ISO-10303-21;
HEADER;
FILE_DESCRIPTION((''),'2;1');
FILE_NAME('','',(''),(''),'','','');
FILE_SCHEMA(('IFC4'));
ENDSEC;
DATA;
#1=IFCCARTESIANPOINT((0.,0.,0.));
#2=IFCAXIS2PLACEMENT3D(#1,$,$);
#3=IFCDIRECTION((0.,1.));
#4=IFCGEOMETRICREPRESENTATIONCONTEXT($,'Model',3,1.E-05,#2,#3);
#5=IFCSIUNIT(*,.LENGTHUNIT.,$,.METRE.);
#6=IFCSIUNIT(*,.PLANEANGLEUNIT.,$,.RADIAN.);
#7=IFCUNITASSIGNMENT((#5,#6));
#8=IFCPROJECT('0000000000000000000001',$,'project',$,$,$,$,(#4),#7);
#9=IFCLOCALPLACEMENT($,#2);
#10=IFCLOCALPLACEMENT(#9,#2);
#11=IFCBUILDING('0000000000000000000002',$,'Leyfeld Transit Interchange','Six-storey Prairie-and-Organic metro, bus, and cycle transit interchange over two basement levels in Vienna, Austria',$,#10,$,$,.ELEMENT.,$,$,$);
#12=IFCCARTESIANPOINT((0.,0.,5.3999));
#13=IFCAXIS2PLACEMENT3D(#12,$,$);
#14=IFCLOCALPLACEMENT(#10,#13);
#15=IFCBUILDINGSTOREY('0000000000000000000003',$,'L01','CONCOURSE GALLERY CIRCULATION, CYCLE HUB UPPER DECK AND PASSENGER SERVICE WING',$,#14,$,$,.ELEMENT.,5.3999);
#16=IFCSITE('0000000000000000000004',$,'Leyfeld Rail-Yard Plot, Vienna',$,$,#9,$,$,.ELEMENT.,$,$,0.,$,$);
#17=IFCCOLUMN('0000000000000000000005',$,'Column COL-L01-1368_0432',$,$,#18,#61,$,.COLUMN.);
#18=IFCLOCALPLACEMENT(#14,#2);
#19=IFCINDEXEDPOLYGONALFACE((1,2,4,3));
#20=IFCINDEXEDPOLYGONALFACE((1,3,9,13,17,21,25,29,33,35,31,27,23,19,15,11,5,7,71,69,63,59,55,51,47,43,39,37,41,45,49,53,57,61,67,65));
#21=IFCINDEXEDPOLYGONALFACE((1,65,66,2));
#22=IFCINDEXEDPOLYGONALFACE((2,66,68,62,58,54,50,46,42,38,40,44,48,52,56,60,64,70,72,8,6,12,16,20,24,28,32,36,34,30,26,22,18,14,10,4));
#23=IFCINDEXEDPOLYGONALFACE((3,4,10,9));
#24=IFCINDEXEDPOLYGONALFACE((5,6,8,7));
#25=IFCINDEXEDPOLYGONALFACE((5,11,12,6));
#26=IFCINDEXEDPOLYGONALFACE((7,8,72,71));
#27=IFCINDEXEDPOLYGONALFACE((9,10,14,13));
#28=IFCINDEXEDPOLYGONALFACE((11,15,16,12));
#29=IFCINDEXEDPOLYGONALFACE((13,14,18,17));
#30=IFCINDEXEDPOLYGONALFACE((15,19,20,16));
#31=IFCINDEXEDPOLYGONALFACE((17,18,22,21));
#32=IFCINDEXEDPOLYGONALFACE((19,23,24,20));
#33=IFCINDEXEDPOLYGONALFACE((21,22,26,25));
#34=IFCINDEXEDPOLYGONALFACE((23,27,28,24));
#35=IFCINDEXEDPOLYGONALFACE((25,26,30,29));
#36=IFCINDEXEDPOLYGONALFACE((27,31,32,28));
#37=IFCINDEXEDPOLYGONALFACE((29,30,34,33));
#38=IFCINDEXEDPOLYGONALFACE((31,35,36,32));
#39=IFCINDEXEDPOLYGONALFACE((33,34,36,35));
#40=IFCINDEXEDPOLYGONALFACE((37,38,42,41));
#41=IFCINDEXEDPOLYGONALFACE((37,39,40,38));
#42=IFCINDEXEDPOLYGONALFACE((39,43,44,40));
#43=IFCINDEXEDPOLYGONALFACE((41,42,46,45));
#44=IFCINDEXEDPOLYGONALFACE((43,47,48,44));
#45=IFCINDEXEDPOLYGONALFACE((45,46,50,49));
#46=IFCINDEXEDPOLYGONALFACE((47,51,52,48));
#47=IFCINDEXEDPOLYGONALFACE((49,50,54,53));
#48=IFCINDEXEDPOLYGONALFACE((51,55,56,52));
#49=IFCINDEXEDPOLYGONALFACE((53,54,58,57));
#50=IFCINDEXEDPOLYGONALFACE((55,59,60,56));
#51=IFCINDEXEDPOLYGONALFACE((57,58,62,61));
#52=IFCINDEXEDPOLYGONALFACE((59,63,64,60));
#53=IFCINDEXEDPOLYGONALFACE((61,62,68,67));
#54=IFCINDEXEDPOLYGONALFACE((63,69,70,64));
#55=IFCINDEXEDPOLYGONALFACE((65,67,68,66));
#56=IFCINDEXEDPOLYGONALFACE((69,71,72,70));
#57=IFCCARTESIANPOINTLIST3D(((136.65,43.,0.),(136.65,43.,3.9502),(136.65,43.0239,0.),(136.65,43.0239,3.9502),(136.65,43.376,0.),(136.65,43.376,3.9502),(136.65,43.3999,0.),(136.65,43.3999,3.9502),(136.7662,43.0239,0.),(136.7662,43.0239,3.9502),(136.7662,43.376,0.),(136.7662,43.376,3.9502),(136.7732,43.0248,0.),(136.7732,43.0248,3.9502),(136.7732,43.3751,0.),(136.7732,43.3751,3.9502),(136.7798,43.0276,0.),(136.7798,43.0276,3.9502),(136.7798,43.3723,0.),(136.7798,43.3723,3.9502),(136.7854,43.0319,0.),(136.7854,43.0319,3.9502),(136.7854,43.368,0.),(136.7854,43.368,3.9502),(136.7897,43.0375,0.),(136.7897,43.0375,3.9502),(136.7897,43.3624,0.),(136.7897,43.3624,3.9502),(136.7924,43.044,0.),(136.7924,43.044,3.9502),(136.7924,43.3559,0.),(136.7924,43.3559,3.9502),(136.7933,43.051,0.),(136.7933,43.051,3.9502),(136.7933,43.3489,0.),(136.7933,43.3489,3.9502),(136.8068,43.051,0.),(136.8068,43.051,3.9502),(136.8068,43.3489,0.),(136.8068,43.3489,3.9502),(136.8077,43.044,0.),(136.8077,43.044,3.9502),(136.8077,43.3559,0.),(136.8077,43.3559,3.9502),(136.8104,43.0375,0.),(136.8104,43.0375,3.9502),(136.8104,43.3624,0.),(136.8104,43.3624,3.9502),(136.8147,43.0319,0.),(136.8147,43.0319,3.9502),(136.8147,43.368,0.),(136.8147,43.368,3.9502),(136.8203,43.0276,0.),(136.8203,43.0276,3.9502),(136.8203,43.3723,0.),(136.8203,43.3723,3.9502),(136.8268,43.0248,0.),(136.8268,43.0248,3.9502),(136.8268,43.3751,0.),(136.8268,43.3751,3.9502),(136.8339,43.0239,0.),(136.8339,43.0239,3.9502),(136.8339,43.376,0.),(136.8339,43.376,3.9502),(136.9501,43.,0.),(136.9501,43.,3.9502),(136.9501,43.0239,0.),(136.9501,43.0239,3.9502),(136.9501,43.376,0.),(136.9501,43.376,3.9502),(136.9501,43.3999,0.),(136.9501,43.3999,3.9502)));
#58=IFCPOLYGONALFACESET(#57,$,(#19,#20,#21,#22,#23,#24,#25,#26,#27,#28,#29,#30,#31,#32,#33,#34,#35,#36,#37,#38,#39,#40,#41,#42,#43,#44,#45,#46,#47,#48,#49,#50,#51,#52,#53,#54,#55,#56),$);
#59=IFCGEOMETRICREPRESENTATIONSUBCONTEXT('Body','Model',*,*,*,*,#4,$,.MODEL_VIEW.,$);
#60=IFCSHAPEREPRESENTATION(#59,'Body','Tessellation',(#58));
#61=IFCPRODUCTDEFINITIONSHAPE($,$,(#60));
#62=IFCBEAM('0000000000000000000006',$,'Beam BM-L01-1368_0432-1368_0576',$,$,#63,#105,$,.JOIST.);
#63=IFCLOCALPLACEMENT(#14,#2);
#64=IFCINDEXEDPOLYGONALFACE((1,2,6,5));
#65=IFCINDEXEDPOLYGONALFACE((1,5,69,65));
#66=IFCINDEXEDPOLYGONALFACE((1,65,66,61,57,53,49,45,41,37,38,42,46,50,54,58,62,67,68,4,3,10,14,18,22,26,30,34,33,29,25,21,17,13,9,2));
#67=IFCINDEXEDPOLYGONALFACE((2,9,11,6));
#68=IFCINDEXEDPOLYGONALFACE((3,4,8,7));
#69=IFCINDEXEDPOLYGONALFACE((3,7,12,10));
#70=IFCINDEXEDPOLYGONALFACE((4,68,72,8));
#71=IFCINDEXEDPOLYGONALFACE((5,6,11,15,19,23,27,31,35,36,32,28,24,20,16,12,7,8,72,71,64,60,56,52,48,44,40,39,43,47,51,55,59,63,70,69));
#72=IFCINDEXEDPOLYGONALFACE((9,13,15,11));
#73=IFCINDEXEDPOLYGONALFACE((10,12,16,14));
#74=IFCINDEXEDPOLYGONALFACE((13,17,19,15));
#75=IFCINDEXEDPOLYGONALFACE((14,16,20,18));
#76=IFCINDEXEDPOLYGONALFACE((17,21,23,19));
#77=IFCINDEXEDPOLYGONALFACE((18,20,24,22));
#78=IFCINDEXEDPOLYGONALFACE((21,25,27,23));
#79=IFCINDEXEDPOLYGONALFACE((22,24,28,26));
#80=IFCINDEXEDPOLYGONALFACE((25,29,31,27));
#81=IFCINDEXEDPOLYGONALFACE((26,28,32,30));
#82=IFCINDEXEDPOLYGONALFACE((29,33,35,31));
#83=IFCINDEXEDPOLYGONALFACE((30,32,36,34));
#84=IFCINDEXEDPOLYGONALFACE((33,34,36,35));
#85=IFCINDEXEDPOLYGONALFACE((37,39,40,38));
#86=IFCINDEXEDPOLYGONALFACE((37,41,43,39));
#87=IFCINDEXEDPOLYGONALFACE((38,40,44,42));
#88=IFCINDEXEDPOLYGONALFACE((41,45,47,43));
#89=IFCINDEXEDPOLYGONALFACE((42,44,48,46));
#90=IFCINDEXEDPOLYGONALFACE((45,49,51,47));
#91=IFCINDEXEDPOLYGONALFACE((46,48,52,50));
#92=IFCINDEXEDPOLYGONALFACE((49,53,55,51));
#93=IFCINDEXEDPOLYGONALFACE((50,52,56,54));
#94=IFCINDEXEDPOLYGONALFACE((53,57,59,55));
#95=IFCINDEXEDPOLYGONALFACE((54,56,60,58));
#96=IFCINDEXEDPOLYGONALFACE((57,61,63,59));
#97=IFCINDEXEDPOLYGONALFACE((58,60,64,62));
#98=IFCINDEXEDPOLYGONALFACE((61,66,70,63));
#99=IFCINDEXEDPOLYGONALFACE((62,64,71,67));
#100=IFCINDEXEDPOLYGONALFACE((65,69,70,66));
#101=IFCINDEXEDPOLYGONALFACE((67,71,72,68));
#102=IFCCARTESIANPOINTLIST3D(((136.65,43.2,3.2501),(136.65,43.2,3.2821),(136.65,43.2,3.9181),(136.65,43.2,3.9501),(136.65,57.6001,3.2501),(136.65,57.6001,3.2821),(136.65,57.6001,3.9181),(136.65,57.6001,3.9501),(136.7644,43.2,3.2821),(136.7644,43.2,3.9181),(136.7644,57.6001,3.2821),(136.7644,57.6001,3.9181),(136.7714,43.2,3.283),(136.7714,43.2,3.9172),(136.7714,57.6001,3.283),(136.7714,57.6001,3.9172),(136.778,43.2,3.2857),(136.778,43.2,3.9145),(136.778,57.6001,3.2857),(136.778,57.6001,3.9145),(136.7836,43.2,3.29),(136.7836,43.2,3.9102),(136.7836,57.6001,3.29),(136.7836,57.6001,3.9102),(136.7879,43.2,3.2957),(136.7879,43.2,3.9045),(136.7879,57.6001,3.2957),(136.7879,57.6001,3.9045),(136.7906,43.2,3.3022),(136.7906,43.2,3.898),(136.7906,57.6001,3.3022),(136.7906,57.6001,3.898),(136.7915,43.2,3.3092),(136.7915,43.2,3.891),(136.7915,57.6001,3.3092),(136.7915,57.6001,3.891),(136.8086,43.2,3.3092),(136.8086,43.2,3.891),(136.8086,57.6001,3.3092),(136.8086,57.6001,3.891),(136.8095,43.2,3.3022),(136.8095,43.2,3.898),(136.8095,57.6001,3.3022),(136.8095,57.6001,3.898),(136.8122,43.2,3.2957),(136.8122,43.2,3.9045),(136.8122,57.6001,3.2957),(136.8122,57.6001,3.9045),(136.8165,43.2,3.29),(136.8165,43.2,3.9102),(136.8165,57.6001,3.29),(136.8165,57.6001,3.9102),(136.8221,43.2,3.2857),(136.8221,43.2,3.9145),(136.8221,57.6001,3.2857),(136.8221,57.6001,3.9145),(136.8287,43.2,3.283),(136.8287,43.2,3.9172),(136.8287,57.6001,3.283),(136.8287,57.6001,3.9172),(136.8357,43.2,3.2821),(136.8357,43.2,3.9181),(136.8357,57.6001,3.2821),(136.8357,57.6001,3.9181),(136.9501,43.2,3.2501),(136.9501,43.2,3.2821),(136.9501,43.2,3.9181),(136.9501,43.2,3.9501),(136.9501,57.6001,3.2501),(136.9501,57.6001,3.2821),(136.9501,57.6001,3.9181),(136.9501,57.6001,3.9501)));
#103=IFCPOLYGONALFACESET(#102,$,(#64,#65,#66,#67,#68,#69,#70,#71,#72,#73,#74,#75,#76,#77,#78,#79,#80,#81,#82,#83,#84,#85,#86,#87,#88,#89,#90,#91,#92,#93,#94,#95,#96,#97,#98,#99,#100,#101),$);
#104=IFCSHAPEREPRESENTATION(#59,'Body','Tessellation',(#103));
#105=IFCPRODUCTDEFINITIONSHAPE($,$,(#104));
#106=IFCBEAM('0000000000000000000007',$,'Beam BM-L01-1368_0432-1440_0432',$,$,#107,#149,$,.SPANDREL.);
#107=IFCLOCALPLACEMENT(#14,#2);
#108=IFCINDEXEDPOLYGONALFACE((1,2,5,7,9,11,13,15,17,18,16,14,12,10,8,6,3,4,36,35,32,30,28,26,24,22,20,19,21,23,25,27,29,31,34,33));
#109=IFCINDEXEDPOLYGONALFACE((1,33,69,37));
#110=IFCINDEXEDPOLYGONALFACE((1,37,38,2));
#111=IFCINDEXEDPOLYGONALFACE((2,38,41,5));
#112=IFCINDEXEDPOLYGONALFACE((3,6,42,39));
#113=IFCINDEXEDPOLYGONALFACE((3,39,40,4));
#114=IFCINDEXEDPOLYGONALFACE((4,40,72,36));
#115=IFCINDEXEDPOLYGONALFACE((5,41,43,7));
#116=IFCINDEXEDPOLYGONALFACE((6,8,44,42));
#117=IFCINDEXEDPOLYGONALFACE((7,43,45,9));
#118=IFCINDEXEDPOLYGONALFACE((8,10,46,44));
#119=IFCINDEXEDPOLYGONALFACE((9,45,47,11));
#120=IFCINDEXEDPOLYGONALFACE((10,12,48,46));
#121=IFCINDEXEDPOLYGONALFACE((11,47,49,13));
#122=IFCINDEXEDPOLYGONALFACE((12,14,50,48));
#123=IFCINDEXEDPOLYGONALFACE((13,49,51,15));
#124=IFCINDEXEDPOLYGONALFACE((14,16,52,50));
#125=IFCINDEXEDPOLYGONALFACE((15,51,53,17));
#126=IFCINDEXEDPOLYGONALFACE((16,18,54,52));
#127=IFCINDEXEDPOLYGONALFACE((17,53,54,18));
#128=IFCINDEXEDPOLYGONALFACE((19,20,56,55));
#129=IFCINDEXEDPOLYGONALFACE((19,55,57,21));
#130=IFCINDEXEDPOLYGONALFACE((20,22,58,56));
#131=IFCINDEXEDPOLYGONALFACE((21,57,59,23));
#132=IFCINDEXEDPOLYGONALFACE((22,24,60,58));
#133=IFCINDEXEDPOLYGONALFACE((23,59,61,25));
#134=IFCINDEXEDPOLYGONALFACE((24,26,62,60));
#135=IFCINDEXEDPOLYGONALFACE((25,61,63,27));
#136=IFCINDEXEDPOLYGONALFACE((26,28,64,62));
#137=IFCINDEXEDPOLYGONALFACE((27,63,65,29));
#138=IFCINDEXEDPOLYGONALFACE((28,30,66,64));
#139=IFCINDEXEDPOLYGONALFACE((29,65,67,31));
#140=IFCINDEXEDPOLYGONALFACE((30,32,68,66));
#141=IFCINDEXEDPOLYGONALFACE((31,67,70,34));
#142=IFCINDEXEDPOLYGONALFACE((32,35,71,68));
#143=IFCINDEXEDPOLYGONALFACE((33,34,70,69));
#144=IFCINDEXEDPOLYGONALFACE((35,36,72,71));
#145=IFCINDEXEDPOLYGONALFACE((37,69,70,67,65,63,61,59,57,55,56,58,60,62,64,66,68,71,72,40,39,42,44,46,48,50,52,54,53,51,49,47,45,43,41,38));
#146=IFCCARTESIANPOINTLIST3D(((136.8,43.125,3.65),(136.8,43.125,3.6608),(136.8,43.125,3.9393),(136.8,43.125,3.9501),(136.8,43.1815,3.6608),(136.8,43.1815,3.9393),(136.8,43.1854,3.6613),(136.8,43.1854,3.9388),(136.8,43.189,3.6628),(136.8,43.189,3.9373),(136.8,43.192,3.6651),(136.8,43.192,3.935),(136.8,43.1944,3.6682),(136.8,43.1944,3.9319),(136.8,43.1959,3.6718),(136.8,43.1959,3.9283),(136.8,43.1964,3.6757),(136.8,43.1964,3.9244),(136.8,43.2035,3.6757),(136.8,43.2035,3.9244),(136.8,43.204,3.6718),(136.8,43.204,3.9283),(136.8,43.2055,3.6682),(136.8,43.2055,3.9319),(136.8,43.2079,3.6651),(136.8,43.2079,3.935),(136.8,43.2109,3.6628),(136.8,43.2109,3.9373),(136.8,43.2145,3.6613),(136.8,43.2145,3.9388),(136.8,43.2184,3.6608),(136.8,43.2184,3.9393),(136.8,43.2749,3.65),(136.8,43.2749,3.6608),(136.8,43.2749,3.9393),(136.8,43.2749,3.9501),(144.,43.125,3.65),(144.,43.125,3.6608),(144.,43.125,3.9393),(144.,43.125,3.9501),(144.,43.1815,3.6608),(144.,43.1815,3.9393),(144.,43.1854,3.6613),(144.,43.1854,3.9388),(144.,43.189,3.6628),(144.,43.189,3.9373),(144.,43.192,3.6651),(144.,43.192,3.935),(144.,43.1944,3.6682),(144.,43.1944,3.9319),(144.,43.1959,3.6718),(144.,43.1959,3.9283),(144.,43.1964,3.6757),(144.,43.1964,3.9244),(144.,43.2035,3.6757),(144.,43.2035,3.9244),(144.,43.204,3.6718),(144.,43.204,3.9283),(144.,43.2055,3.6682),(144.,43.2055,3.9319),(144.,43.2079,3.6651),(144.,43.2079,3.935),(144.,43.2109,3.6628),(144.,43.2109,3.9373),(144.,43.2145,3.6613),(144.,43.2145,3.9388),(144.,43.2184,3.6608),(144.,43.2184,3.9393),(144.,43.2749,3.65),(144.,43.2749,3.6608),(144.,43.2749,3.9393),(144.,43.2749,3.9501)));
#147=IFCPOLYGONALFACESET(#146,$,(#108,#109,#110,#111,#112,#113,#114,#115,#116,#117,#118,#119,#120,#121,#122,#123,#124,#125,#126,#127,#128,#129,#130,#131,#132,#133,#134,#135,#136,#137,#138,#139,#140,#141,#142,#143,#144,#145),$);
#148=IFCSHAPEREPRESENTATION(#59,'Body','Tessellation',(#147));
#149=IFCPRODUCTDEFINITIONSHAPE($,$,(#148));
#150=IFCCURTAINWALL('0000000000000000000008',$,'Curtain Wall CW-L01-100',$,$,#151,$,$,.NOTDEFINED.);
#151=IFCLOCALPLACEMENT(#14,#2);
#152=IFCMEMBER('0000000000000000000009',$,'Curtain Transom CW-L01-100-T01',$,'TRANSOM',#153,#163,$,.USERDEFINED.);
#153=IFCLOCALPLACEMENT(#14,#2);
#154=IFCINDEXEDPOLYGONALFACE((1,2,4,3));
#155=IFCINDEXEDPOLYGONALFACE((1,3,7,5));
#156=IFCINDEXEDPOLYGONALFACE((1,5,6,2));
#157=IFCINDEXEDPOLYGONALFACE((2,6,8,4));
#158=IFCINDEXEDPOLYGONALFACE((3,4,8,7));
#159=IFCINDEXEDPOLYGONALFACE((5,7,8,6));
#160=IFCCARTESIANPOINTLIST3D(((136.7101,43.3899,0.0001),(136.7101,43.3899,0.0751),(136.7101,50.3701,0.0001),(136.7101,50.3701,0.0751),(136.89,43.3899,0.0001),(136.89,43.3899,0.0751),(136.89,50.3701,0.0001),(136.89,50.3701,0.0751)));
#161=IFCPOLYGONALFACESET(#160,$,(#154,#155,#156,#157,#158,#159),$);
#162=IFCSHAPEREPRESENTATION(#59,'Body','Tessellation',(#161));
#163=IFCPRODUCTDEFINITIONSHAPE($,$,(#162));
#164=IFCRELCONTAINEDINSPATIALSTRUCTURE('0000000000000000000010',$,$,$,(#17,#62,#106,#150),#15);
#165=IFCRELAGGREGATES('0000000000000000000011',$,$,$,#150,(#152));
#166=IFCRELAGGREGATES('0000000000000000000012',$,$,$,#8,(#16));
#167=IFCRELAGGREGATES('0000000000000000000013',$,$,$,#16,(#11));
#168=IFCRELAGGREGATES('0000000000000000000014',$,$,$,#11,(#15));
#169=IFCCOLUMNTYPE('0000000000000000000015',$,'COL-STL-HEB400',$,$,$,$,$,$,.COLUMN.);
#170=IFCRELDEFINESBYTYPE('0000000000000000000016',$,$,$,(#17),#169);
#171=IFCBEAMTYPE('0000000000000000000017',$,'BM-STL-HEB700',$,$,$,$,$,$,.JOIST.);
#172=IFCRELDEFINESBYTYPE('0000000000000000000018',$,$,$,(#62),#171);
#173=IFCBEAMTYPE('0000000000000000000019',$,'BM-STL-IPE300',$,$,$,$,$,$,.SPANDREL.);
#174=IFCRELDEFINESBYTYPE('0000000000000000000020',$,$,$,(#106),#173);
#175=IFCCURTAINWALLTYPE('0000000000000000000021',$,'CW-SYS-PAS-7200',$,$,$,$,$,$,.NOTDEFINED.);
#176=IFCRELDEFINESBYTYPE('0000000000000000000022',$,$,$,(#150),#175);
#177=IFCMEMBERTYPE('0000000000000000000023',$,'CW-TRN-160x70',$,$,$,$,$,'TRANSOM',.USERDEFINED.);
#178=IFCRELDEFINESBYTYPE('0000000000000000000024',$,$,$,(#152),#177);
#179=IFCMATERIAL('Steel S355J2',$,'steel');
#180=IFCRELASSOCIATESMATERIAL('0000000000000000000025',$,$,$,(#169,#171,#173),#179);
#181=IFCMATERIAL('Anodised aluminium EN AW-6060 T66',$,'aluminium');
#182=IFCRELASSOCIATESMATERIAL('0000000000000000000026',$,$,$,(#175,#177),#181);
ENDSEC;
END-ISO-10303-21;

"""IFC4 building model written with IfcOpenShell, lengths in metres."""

from ifc_helpers import new_model, si_unit, direction, frame, origin, origin_2d, place, context, subcontext, project, spatial, rectangle, i_section, extrude, material, material_profile, profile_set, type_object, element, aggregate, save


model = new_model("IFC4")

# Units and contexts
model_context = context("Model", 3, precision=1e-05, world=origin(), true_north=direction((0.0, 1.0)))
body_context = subcontext(model_context, "Body", "Model", "MODEL_VIEW")
ifc_project = project(units=[si_unit("LENGTHUNIT", "METRE"), si_unit("PLANEANGLEUNIT", "RADIAN")], contexts=[model_context])

# Site, building, storey
site_placement = place(None, origin())
site = spatial("IfcSite", under=ifc_project, at=site_placement, Name="Leyfeld Rail-Yard Plot, Vienna", CompositionType="ELEMENT", RefElevation=0.0)
building_placement = place(site_placement, origin())
building = spatial("IfcBuilding", under=site, at=building_placement, Name="Leyfeld Transit Interchange", Description="Six-storey Prairie-and-Organic metro, bus, and cycle transit interchange over two basement levels in Vienna, Austria", CompositionType="ELEMENT")
storey_placement = place(building_placement, frame((0.0, 0.0, 5.3999)))
storey = spatial("IfcBuildingStorey", under=building, at=storey_placement, Name="L01", Description="CONCOURSE GALLERY CIRCULATION, CYCLE HUB UPPER DECK AND PASSENGER SERVICE WING", CompositionType="ELEMENT", Elevation=5.3999)

# Column
ifc_material_1 = material(Name="Steel S355J2", Category="steel")
ifc_material_profile_1 = material_profile(ifc_material_1, i_section(OverallWidth=0.3, OverallDepth=0.3999, WebThickness=0.0134, FlangeThickness=0.0239, FilletRadius=0.0271, at=origin_2d()), Name="HEB 400")
ifc_profile_set_1 = profile_set([ifc_material_profile_1], Name="Steel S355J2")
column_type = type_object("IfcColumnType", Name="COL-STL-HEB400", PredefinedType="COLUMN", material=ifc_profile_set_1)
column_placement = place(storey_placement, frame((136.8, 43.2, 0.0), z_axis=(0.0, 0.0, 1.0), x_axis=(1.0, 0.0, 0.0)))
element("IfcColumn", 1, at=column_placement, inside=storey, type_object=column_type, Name="Column COL-L01-1368_0432", PredefinedType="COLUMN", context=body_context, shape_type="SweptSolid", body=[
    extrude(i_section(OverallWidth=0.3, OverallDepth=0.3999, WebThickness=0.0134, FlangeThickness=0.0239, FilletRadius=0.0271, at=origin_2d()), origin(), (0.0, 0.0, 1.0), 3.9502),
])

# Beams
ifc_material_profile_2 = material_profile(ifc_material_1, i_section(OverallWidth=0.3, OverallDepth=0.7, WebThickness=0.0171, FlangeThickness=0.032, FilletRadius=0.0271, at=origin_2d()), Name="HEB 700")
ifc_profile_set_2 = profile_set([ifc_material_profile_2], Name="Steel S355J2")
beam_type_1 = type_object("IfcBeamType", Name="BM-STL-HEB700", PredefinedType="JOIST", material=ifc_profile_set_2)
beam_1_placement = place(storey_placement, frame((136.8, 43.2, 3.6001), z_axis=(0.0, 1.0, 0.0), x_axis=(-1.0, 0.0, 0.0)))
element("IfcBeam", 2, at=beam_1_placement, inside=storey, type_object=beam_type_1, Name="Beam BM-L01-1368_0432-1368_0576", PredefinedType="JOIST", context=body_context, shape_type="SweptSolid", body=[
    extrude(i_section(OverallWidth=0.3, OverallDepth=0.7, WebThickness=0.0171, FlangeThickness=0.032, FilletRadius=0.0271, at=origin_2d()), origin(), (0.0, 0.0, 1.0), 14.4001),
])
ifc_material_profile_3 = material_profile(ifc_material_1, i_section(OverallWidth=0.1499, OverallDepth=0.3, WebThickness=0.0071, FlangeThickness=0.0107, FilletRadius=0.0149, at=origin_2d()), Name="IPE 300")
ifc_profile_set_3 = profile_set([ifc_material_profile_3], Name="Steel S355J2")
beam_type_2 = type_object("IfcBeamType", Name="BM-STL-IPE300", PredefinedType="SPANDREL", material=ifc_profile_set_3)
beam_2_placement = place(storey_placement, frame((136.8, 43.2, 3.8), z_axis=(1.0, 0.0, 0.0), x_axis=(0.0, 1.0, 0.0)))
element("IfcBeam", 3, at=beam_2_placement, inside=storey, type_object=beam_type_2, Name="Beam BM-L01-1368_0432-1440_0432", PredefinedType="SPANDREL", context=body_context, shape_type="SweptSolid", body=[
    extrude(i_section(OverallWidth=0.1499, OverallDepth=0.3, WebThickness=0.0071, FlangeThickness=0.0107, FilletRadius=0.0149, at=origin_2d()), origin(), (0.0, 0.0, 1.0), 7.2),
])

# Curtain wall, member
ifc_material_2 = material(Name="Anodised aluminium EN AW-6060 T66", Category="aluminium")
curtain_wall_type = type_object("IfcCurtainWallType", Name="CW-SYS-PAS-7200", PredefinedType="NOTDEFINED", material=ifc_material_2)
curtain_wall_placement = place(storey_placement, origin())
curtain_wall = element("IfcCurtainWall", 4, at=curtain_wall_placement, inside=storey, type_object=curtain_wall_type, Name="Curtain Wall CW-L01-100", PredefinedType="NOTDEFINED")
ifc_material_profile_4 = material_profile(ifc_material_2, rectangle(XDim=0.1799, YDim=0.075, at=origin_2d()), Name="CW-TRN-160x70")
ifc_profile_set_4 = profile_set([ifc_material_profile_4], Name="Anodised aluminium EN AW-6060 T66")
member_type_1 = type_object("IfcMemberType", Name="CW-TRN-160x70", ElementType="TRANSOM", PredefinedType="USERDEFINED", material=ifc_profile_set_4)
member_1_placement = place(storey_placement, frame((136.8, 43.3899, 0.0376), z_axis=(0.0, 1.0, 0.0), x_axis=(-1.0, 0.0, 0.0)))
member_1 = element("IfcMember", 5, at=member_1_placement, type_object=member_type_1, Name="Curtain Transom CW-L01-100-T01", ObjectType="TRANSOM", PredefinedType="USERDEFINED", context=body_context, shape_type="SweptSolid", body=[
    extrude(rectangle(XDim=0.1799, YDim=0.075, at=origin_2d()), origin(), (0.0, 0.0, 1.0), 6.9802),
])
aggregate(curtain_wall, [member_1])

save(model, "model.ifc")
